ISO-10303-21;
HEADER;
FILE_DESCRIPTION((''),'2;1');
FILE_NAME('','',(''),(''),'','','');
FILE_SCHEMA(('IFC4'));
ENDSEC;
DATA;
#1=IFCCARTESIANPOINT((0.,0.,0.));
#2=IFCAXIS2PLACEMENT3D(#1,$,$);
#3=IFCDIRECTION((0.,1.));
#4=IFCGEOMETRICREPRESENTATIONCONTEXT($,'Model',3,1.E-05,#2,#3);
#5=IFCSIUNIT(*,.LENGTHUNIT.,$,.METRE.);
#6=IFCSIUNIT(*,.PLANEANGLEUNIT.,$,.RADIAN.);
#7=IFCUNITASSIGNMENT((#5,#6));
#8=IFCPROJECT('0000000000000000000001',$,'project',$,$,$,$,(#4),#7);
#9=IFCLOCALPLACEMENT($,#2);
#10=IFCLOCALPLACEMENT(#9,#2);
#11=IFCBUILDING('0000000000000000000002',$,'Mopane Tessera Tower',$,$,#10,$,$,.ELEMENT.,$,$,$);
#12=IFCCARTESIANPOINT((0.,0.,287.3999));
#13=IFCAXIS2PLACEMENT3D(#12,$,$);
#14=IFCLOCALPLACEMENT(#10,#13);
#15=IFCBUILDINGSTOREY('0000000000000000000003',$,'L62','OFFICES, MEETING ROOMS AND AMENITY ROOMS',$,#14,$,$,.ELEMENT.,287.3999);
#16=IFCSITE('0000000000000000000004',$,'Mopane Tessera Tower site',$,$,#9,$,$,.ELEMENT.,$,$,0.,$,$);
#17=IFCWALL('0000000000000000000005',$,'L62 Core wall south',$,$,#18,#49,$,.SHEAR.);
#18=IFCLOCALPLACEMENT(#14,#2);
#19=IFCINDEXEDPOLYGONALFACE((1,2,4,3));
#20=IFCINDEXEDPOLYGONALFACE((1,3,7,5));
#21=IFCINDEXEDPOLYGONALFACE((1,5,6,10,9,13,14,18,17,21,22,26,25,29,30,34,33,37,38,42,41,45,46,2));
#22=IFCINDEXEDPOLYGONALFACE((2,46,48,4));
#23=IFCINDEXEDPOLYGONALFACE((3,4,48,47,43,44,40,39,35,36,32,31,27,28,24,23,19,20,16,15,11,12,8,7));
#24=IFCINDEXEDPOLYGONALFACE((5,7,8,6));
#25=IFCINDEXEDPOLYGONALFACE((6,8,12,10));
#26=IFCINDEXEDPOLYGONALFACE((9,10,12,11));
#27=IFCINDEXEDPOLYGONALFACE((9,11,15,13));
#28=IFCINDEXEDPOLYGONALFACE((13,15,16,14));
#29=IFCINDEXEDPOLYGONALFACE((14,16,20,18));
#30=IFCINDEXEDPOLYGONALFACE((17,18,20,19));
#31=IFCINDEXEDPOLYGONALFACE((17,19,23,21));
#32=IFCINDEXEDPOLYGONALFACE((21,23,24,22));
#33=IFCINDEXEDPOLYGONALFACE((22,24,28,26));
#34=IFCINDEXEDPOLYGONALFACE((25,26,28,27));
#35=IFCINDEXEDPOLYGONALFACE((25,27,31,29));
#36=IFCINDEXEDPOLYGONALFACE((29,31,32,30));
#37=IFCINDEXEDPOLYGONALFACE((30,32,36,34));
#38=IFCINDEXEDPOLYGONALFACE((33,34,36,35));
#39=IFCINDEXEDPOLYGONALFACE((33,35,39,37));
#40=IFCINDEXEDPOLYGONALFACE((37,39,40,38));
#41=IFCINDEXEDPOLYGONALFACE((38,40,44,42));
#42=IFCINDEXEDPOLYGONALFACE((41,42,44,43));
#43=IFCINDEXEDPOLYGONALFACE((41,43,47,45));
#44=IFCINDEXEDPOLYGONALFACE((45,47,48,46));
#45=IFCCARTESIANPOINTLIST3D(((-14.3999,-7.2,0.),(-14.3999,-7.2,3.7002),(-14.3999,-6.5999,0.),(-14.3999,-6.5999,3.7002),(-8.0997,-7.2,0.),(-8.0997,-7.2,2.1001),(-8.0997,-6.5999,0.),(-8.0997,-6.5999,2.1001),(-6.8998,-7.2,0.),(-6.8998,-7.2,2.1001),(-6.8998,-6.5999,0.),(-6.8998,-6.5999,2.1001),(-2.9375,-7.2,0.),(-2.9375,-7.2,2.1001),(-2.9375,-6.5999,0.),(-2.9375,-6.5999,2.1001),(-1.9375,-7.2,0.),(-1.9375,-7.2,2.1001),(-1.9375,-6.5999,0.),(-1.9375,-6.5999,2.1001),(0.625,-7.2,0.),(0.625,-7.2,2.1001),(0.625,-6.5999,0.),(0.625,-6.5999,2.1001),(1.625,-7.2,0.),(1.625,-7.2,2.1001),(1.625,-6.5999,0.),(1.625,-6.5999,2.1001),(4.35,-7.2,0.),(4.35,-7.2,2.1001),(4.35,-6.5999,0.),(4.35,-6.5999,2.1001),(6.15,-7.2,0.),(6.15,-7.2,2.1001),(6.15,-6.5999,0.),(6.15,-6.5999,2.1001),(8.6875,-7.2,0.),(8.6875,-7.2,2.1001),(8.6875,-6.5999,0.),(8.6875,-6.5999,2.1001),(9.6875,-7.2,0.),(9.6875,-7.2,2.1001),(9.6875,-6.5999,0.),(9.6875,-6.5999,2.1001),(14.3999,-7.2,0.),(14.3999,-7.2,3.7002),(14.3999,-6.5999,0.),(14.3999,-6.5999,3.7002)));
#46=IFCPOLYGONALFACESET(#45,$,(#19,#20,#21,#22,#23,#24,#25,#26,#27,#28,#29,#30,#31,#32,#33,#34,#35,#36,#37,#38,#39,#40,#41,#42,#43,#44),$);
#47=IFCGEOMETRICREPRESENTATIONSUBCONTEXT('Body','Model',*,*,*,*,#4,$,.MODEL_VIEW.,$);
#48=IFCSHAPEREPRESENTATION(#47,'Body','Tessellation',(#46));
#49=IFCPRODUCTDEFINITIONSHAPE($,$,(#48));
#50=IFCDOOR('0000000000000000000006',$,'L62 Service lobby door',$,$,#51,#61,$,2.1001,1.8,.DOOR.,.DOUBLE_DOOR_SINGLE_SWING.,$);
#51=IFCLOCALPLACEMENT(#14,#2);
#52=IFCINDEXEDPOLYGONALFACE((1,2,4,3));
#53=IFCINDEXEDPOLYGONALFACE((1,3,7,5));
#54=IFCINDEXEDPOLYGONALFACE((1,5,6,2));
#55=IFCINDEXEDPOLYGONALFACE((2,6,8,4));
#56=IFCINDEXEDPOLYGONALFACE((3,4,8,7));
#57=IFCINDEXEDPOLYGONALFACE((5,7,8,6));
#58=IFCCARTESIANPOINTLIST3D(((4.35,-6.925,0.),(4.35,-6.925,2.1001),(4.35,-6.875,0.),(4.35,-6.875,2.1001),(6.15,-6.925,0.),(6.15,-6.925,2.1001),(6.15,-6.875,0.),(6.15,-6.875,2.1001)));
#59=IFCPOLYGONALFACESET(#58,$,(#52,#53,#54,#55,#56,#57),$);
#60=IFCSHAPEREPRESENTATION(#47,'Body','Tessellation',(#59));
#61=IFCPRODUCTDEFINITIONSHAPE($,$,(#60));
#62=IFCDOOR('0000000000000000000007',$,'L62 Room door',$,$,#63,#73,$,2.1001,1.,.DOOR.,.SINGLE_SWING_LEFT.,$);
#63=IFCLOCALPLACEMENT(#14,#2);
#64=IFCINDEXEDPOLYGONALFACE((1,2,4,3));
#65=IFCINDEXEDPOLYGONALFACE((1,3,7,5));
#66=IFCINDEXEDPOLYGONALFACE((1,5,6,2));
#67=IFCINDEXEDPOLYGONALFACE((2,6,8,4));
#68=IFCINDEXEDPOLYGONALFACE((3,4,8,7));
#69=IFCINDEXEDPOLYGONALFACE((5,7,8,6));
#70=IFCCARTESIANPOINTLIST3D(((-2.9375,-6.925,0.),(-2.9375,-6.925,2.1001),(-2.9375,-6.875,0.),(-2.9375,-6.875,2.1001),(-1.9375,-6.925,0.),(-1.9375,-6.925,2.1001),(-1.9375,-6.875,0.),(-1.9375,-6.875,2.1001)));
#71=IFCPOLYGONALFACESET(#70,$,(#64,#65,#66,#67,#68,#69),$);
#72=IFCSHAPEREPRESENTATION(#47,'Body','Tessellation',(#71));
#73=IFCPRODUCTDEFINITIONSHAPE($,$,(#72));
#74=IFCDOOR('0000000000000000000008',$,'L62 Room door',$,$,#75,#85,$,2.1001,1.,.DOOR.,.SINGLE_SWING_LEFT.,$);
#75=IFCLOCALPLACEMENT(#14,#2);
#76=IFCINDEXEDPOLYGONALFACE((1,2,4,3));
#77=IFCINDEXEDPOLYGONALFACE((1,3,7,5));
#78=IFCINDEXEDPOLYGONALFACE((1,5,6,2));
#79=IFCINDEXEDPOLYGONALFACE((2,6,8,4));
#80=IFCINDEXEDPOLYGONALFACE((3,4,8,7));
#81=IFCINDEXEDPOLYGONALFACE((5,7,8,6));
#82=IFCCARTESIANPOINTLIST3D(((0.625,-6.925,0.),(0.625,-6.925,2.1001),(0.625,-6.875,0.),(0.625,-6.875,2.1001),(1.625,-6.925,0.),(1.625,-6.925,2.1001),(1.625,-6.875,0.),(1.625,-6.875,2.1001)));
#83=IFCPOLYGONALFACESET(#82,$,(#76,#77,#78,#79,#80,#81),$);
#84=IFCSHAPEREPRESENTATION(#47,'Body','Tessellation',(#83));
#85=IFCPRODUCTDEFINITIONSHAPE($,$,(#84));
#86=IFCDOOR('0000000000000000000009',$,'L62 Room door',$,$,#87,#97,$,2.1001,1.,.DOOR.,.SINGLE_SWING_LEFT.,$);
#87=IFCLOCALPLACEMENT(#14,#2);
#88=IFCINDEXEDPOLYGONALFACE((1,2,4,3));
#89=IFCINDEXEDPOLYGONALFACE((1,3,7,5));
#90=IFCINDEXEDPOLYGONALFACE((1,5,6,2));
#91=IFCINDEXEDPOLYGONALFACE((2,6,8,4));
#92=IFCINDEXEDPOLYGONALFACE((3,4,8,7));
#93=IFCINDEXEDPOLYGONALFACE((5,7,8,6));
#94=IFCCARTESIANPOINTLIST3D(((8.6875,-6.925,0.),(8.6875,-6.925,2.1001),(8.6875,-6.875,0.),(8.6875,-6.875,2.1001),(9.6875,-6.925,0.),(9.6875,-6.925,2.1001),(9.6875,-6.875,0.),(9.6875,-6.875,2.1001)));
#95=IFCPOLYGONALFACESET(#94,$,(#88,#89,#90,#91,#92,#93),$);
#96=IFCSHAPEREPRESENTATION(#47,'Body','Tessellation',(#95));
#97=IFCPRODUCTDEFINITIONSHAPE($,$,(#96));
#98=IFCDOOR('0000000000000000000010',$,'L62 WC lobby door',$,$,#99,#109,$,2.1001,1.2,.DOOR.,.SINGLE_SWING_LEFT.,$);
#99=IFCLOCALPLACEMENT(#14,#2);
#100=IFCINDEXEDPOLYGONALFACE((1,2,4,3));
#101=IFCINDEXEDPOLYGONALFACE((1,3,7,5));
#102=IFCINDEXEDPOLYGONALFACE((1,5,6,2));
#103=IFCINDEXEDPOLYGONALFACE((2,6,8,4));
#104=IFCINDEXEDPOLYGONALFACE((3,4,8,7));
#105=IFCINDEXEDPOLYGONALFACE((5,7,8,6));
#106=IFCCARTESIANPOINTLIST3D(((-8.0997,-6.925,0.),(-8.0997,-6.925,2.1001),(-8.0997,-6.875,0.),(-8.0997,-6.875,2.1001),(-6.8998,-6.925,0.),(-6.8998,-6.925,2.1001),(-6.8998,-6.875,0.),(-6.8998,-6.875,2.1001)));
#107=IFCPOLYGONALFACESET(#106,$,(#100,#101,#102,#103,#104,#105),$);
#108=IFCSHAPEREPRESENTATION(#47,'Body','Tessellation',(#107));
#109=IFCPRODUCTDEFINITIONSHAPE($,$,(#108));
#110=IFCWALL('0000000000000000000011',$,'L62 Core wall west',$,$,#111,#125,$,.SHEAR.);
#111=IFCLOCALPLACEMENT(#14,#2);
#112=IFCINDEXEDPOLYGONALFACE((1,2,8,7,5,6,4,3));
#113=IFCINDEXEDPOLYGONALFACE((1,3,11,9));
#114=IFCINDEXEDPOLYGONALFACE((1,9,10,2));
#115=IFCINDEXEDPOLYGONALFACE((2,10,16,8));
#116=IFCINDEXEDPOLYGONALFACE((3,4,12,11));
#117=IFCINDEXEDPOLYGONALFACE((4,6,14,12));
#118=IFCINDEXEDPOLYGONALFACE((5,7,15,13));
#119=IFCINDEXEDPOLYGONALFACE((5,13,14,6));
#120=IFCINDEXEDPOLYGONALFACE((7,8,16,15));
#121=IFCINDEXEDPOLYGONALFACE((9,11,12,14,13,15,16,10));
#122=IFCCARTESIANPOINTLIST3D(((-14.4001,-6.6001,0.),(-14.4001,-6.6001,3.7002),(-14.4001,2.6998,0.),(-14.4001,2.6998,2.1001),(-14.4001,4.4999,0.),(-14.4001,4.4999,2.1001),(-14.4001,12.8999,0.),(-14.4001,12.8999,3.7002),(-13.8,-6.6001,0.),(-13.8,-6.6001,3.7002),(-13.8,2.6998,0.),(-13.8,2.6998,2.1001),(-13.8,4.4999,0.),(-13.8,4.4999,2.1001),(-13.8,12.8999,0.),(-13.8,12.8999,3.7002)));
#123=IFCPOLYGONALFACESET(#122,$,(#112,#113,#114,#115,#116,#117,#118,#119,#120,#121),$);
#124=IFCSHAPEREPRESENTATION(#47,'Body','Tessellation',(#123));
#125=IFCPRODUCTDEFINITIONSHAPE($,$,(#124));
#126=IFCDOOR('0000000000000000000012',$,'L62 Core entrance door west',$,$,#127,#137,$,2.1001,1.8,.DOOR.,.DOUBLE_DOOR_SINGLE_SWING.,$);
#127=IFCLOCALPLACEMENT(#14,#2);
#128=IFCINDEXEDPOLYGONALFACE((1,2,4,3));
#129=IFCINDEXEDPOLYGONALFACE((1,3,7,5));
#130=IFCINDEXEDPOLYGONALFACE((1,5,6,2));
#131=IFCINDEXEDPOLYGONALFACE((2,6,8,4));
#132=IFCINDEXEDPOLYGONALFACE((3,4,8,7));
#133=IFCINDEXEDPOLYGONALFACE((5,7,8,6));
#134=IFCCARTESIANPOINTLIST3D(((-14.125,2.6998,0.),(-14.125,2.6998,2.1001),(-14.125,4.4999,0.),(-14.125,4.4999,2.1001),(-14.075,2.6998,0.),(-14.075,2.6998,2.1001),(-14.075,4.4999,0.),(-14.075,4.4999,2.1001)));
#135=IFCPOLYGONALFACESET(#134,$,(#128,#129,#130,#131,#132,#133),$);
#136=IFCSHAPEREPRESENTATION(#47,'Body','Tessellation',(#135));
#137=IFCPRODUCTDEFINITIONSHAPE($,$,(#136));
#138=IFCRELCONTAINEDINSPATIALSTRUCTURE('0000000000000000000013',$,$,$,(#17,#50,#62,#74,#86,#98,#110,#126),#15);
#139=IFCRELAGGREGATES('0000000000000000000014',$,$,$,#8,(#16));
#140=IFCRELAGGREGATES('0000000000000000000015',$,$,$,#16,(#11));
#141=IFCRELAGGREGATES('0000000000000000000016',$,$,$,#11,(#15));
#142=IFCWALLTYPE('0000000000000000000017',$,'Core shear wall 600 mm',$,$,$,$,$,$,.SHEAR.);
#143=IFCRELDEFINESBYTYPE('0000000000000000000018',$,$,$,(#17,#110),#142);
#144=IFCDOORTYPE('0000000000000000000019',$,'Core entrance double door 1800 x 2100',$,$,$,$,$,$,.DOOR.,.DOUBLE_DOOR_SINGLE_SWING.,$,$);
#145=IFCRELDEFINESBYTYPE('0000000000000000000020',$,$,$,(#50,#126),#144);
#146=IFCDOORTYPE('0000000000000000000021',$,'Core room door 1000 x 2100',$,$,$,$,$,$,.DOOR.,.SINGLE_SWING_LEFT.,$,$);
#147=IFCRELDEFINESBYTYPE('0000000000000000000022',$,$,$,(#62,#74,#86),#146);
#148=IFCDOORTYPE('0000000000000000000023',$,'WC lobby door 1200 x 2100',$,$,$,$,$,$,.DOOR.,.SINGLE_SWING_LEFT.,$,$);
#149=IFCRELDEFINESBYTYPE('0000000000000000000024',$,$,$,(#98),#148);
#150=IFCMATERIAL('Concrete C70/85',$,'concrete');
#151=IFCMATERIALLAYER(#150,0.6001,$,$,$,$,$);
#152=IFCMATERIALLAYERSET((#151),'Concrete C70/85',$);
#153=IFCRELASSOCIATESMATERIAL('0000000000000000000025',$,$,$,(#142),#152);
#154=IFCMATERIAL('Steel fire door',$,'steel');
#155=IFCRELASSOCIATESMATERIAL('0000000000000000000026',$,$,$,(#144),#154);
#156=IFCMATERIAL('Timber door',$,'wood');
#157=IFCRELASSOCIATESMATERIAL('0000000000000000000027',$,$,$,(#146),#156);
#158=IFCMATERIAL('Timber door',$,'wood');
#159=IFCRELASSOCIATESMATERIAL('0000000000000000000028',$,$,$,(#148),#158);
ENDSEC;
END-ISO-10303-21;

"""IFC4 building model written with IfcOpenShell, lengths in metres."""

from ifc_helpers import new_model, si_unit, direction, frame, frame_2d, origin, place, context, subcontext, project, spatial, rectangle, extrude, material, layer, layer_set, type_object, element, fill, save


model = new_model("IFC4")

# Units and contexts
model_context = context("Model", 3, precision=1e-05, world=origin(), true_north=direction((0.0, 1.0)))
body_context = subcontext(model_context, "Body", "Model", "MODEL_VIEW")
ifc_project = project(units=[si_unit("LENGTHUNIT", "METRE"), si_unit("PLANEANGLEUNIT", "RADIAN")], contexts=[model_context])

# Site, building, storey
site_placement = place(None, origin())
site = spatial("IfcSite", under=ifc_project, at=site_placement, Name="Mopane Tessera Tower site", CompositionType="ELEMENT", RefElevation=0.0)
building_placement = place(site_placement, origin())
building = spatial("IfcBuilding", under=site, at=building_placement, Name="Mopane Tessera Tower", CompositionType="ELEMENT")
storey_placement = place(building_placement, frame((0.0, 0.0, 287.3999)))
storey = spatial("IfcBuildingStorey", under=building, at=storey_placement, Name="L62", Description="OFFICES, MEETING ROOMS AND AMENITY ROOMS", CompositionType="ELEMENT", Elevation=287.3999)

# Wall, openings, doors
ifc_material_1 = material(Name="Concrete C70/85", Category="concrete")
ifc_layer_1 = layer(ifc_material_1, 0.6001)
ifc_layer_set_1 = layer_set([ifc_layer_1], Name="Concrete C70/85")
wall_type_1 = type_object("IfcWallType", Name="Core shear wall 600 mm", PredefinedType="SHEAR", material=ifc_layer_set_1)
wall_1_placement = place(storey_placement, frame((-14.3999, -6.8999, 0.0), z_axis=(0.0, 0.0, 1.0), x_axis=(1.0, 0.0, 0.0)))
wall_1 = element("IfcWall", 1, at=wall_1_placement, inside=storey, type_object=wall_type_1, Name="L62 Core wall south", PredefinedType="SHEAR", context=body_context, shape_type="SweptSolid", body=[
    extrude(rectangle(XDim=28.7998, YDim=0.6001, at=frame_2d((14.3999, 0.0))), origin(), (0.0, 0.0, 1.0), 3.7002),
])
opening_1_placement = place(wall_1_placement, frame((6.3, 0.0, 0.0)))
opening_1 = element("IfcOpeningElement", 2, at=opening_1_placement, cuts=wall_1, PredefinedType="OPENING", context=body_context, shape_type="SweptSolid", body=[
    extrude(rectangle(XDim=1.2, YDim=2.1001, at=frame_2d((0.6001, 1.05))), frame((0.0, 0.312, 0.0), z_axis=(0.0, -1.0, 0.0), x_axis=(1.0, 0.0, 0.0)), (0.0, 0.0, 1.0), 0.624),
])
opening_2_placement = place(wall_1_placement, frame((11.4624, 0.0, 0.0)))
opening_2 = element("IfcOpeningElement", 3, at=opening_2_placement, cuts=wall_1, PredefinedType="OPENING", context=body_context, shape_type="SweptSolid", body=[
    extrude(rectangle(XDim=1.0, YDim=2.1001, at=frame_2d((0.5, 1.05))), frame((0.0, 0.312, 0.0), z_axis=(0.0, -1.0, 0.0), x_axis=(1.0, 0.0, 0.0)), (0.0, 0.0, 1.0), 0.624),
])
opening_3_placement = place(wall_1_placement, frame((15.0249, 0.0, 0.0)))
opening_3 = element("IfcOpeningElement", 4, at=opening_3_placement, cuts=wall_1, PredefinedType="OPENING", context=body_context, shape_type="SweptSolid", body=[
    extrude(rectangle(XDim=1.0, YDim=2.1001, at=frame_2d((0.5, 1.05))), frame((0.0, 0.312, 0.0), z_axis=(0.0, -1.0, 0.0), x_axis=(1.0, 0.0, 0.0)), (0.0, 0.0, 1.0), 0.624),
])
opening_4_placement = place(wall_1_placement, frame((18.75, 0.0, 0.0)))
opening_4 = element("IfcOpeningElement", 5, at=opening_4_placement, cuts=wall_1, PredefinedType="OPENING", context=body_context, shape_type="SweptSolid", body=[
    extrude(rectangle(XDim=1.8, YDim=2.1001, at=frame_2d((0.8999, 1.05))), frame((0.0, 0.312, 0.0), z_axis=(0.0, -1.0, 0.0), x_axis=(1.0, 0.0, 0.0)), (0.0, 0.0, 1.0), 0.624),
])
opening_5_placement = place(wall_1_placement, frame((23.0874, 0.0, 0.0)))
opening_5 = element("IfcOpeningElement", 6, at=opening_5_placement, cuts=wall_1, PredefinedType="OPENING", context=body_context, shape_type="SweptSolid", body=[
    extrude(rectangle(XDim=1.0, YDim=2.1001, at=frame_2d((0.5, 1.05))), frame((0.0, 0.312, 0.0), z_axis=(0.0, -1.0, 0.0), x_axis=(1.0, 0.0, 0.0)), (0.0, 0.0, 1.0), 0.624),
])
ifc_material_2 = material(Name="Steel fire door", Category="steel")
door_type_1 = type_object("IfcDoorType", Name="Core entrance double door 1800 x 2100", OperationType="DOUBLE_DOOR_SINGLE_SWING", PredefinedType="DOOR", material=ifc_material_2)
door_1_placement = place(opening_4_placement, origin())
door_1 = element("IfcDoor", 7, at=door_1_placement, inside=storey, type_object=door_type_1, Name="L62 Service lobby door", OperationType="DOUBLE_DOOR_SINGLE_SWING", OverallHeight=2.1001, OverallWidth=1.8, PredefinedType="DOOR", context=body_context, shape_type="SweptSolid", body=[
    extrude(rectangle(XDim=1.8, YDim=2.1001, at=frame_2d((0.8999, 1.05))), frame((0.0, 0.0249, 0.0), z_axis=(0.0, -1.0, 0.0), x_axis=(1.0, 0.0, 0.0)), (0.0, 0.0, 1.0), 0.05),
])
fill(opening_4, door_1)
ifc_material_3 = material(Name="Timber door", Category="wood")
door_type_2 = type_object("IfcDoorType", Name="Core room door 1000 x 2100", OperationType="SINGLE_SWING_LEFT", PredefinedType="DOOR", material=ifc_material_3)
door_2_placement = place(opening_2_placement, origin())
door_2 = element("IfcDoor", 8, at=door_2_placement, inside=storey, type_object=door_type_2, Name="L62 Room door", OperationType="SINGLE_SWING_LEFT", OverallHeight=2.1001, OverallWidth=1.0, PredefinedType="DOOR", context=body_context, shape_type="SweptSolid", body=[
    extrude(rectangle(XDim=1.0, YDim=2.1001, at=frame_2d((0.5, 1.05))), frame((0.0, 0.0249, 0.0), z_axis=(0.0, -1.0, 0.0), x_axis=(1.0, 0.0, 0.0)), (0.0, 0.0, 1.0), 0.05),
])
fill(opening_2, door_2)
door_3_placement = place(opening_3_placement, origin())
door_3 = element("IfcDoor", 9, at=door_3_placement, inside=storey, type_object=door_type_2, Name="L62 Room door", OperationType="SINGLE_SWING_LEFT", OverallHeight=2.1001, OverallWidth=1.0, PredefinedType="DOOR", context=body_context, shape_type="SweptSolid", body=[
    extrude(rectangle(XDim=1.0, YDim=2.1001, at=frame_2d((0.5, 1.05))), frame((0.0, 0.0249, 0.0), z_axis=(0.0, -1.0, 0.0), x_axis=(1.0, 0.0, 0.0)), (0.0, 0.0, 1.0), 0.05),
])
fill(opening_3, door_3)
door_4_placement = place(opening_5_placement, origin())
door_4 = element("IfcDoor", 10, at=door_4_placement, inside=storey, type_object=door_type_2, Name="L62 Room door", OperationType="SINGLE_SWING_LEFT", OverallHeight=2.1001, OverallWidth=1.0, PredefinedType="DOOR", context=body_context, shape_type="SweptSolid", body=[
    extrude(rectangle(XDim=1.0, YDim=2.1001, at=frame_2d((0.5, 1.05))), frame((0.0, 0.0249, 0.0), z_axis=(0.0, -1.0, 0.0), x_axis=(1.0, 0.0, 0.0)), (0.0, 0.0, 1.0), 0.05),
])
fill(opening_5, door_4)
ifc_material_4 = material(Name="Timber door", Category="wood")
door_type_3 = type_object("IfcDoorType", Name="WC lobby door 1200 x 2100", OperationType="SINGLE_SWING_LEFT", PredefinedType="DOOR", material=ifc_material_4)
door_5_placement = place(opening_1_placement, origin())
door_5 = element("IfcDoor", 11, at=door_5_placement, inside=storey, type_object=door_type_3, Name="L62 WC lobby door", OperationType="SINGLE_SWING_LEFT", OverallHeight=2.1001, OverallWidth=1.2, PredefinedType="DOOR", context=body_context, shape_type="SweptSolid", body=[
    extrude(rectangle(XDim=1.2, YDim=2.1001, at=frame_2d((0.6001, 1.05))), frame((0.0, 0.0249, 0.0), z_axis=(0.0, -1.0, 0.0), x_axis=(1.0, 0.0, 0.0)), (0.0, 0.0, 1.0), 0.05),
])
fill(opening_1, door_5)

# Wall, opening, door
wall_2_placement = place(storey_placement, frame((-14.1001, -6.6001, 0.0), z_axis=(0.0, 0.0, 1.0), x_axis=(0.0, 1.0, 0.0)))
wall_2 = element("IfcWall", 12, at=wall_2_placement, inside=storey, type_object=wall_type_1, Name="L62 Core wall west", PredefinedType="SHEAR", context=body_context, shape_type="SweptSolid", body=[
    extrude(rectangle(XDim=19.5, YDim=0.6001, at=frame_2d((9.75, 0.0))), origin(), (0.0, 0.0, 1.0), 3.7002),
])
opening_6_placement = place(wall_2_placement, frame((9.3, 0.0, 0.0)))
opening_6 = element("IfcOpeningElement", 13, at=opening_6_placement, cuts=wall_2, PredefinedType="OPENING", context=body_context, shape_type="SweptSolid", body=[
    extrude(rectangle(XDim=1.8, YDim=2.1001, at=frame_2d((0.8999, 1.05))), frame((0.0, 0.312, 0.0), z_axis=(0.0, -1.0, 0.0), x_axis=(1.0, 0.0, 0.0)), (0.0, 0.0, 1.0), 0.624),
])
door_6_placement = place(opening_6_placement, origin())
door_6 = element("IfcDoor", 14, at=door_6_placement, inside=storey, type_object=door_type_1, Name="L62 Core entrance door west", OperationType="DOUBLE_DOOR_SINGLE_SWING", OverallHeight=2.1001, OverallWidth=1.8, PredefinedType="DOOR", context=body_context, shape_type="SweptSolid", body=[
    extrude(rectangle(XDim=1.8, YDim=2.1001, at=frame_2d((0.8999, 1.05))), frame((0.0, 0.0249, 0.0), z_axis=(0.0, -1.0, 0.0), x_axis=(1.0, 0.0, 0.0)), (0.0, 0.0, 1.0), 0.05),
])
fill(opening_6, door_6)

save(model, "model.ifc")
